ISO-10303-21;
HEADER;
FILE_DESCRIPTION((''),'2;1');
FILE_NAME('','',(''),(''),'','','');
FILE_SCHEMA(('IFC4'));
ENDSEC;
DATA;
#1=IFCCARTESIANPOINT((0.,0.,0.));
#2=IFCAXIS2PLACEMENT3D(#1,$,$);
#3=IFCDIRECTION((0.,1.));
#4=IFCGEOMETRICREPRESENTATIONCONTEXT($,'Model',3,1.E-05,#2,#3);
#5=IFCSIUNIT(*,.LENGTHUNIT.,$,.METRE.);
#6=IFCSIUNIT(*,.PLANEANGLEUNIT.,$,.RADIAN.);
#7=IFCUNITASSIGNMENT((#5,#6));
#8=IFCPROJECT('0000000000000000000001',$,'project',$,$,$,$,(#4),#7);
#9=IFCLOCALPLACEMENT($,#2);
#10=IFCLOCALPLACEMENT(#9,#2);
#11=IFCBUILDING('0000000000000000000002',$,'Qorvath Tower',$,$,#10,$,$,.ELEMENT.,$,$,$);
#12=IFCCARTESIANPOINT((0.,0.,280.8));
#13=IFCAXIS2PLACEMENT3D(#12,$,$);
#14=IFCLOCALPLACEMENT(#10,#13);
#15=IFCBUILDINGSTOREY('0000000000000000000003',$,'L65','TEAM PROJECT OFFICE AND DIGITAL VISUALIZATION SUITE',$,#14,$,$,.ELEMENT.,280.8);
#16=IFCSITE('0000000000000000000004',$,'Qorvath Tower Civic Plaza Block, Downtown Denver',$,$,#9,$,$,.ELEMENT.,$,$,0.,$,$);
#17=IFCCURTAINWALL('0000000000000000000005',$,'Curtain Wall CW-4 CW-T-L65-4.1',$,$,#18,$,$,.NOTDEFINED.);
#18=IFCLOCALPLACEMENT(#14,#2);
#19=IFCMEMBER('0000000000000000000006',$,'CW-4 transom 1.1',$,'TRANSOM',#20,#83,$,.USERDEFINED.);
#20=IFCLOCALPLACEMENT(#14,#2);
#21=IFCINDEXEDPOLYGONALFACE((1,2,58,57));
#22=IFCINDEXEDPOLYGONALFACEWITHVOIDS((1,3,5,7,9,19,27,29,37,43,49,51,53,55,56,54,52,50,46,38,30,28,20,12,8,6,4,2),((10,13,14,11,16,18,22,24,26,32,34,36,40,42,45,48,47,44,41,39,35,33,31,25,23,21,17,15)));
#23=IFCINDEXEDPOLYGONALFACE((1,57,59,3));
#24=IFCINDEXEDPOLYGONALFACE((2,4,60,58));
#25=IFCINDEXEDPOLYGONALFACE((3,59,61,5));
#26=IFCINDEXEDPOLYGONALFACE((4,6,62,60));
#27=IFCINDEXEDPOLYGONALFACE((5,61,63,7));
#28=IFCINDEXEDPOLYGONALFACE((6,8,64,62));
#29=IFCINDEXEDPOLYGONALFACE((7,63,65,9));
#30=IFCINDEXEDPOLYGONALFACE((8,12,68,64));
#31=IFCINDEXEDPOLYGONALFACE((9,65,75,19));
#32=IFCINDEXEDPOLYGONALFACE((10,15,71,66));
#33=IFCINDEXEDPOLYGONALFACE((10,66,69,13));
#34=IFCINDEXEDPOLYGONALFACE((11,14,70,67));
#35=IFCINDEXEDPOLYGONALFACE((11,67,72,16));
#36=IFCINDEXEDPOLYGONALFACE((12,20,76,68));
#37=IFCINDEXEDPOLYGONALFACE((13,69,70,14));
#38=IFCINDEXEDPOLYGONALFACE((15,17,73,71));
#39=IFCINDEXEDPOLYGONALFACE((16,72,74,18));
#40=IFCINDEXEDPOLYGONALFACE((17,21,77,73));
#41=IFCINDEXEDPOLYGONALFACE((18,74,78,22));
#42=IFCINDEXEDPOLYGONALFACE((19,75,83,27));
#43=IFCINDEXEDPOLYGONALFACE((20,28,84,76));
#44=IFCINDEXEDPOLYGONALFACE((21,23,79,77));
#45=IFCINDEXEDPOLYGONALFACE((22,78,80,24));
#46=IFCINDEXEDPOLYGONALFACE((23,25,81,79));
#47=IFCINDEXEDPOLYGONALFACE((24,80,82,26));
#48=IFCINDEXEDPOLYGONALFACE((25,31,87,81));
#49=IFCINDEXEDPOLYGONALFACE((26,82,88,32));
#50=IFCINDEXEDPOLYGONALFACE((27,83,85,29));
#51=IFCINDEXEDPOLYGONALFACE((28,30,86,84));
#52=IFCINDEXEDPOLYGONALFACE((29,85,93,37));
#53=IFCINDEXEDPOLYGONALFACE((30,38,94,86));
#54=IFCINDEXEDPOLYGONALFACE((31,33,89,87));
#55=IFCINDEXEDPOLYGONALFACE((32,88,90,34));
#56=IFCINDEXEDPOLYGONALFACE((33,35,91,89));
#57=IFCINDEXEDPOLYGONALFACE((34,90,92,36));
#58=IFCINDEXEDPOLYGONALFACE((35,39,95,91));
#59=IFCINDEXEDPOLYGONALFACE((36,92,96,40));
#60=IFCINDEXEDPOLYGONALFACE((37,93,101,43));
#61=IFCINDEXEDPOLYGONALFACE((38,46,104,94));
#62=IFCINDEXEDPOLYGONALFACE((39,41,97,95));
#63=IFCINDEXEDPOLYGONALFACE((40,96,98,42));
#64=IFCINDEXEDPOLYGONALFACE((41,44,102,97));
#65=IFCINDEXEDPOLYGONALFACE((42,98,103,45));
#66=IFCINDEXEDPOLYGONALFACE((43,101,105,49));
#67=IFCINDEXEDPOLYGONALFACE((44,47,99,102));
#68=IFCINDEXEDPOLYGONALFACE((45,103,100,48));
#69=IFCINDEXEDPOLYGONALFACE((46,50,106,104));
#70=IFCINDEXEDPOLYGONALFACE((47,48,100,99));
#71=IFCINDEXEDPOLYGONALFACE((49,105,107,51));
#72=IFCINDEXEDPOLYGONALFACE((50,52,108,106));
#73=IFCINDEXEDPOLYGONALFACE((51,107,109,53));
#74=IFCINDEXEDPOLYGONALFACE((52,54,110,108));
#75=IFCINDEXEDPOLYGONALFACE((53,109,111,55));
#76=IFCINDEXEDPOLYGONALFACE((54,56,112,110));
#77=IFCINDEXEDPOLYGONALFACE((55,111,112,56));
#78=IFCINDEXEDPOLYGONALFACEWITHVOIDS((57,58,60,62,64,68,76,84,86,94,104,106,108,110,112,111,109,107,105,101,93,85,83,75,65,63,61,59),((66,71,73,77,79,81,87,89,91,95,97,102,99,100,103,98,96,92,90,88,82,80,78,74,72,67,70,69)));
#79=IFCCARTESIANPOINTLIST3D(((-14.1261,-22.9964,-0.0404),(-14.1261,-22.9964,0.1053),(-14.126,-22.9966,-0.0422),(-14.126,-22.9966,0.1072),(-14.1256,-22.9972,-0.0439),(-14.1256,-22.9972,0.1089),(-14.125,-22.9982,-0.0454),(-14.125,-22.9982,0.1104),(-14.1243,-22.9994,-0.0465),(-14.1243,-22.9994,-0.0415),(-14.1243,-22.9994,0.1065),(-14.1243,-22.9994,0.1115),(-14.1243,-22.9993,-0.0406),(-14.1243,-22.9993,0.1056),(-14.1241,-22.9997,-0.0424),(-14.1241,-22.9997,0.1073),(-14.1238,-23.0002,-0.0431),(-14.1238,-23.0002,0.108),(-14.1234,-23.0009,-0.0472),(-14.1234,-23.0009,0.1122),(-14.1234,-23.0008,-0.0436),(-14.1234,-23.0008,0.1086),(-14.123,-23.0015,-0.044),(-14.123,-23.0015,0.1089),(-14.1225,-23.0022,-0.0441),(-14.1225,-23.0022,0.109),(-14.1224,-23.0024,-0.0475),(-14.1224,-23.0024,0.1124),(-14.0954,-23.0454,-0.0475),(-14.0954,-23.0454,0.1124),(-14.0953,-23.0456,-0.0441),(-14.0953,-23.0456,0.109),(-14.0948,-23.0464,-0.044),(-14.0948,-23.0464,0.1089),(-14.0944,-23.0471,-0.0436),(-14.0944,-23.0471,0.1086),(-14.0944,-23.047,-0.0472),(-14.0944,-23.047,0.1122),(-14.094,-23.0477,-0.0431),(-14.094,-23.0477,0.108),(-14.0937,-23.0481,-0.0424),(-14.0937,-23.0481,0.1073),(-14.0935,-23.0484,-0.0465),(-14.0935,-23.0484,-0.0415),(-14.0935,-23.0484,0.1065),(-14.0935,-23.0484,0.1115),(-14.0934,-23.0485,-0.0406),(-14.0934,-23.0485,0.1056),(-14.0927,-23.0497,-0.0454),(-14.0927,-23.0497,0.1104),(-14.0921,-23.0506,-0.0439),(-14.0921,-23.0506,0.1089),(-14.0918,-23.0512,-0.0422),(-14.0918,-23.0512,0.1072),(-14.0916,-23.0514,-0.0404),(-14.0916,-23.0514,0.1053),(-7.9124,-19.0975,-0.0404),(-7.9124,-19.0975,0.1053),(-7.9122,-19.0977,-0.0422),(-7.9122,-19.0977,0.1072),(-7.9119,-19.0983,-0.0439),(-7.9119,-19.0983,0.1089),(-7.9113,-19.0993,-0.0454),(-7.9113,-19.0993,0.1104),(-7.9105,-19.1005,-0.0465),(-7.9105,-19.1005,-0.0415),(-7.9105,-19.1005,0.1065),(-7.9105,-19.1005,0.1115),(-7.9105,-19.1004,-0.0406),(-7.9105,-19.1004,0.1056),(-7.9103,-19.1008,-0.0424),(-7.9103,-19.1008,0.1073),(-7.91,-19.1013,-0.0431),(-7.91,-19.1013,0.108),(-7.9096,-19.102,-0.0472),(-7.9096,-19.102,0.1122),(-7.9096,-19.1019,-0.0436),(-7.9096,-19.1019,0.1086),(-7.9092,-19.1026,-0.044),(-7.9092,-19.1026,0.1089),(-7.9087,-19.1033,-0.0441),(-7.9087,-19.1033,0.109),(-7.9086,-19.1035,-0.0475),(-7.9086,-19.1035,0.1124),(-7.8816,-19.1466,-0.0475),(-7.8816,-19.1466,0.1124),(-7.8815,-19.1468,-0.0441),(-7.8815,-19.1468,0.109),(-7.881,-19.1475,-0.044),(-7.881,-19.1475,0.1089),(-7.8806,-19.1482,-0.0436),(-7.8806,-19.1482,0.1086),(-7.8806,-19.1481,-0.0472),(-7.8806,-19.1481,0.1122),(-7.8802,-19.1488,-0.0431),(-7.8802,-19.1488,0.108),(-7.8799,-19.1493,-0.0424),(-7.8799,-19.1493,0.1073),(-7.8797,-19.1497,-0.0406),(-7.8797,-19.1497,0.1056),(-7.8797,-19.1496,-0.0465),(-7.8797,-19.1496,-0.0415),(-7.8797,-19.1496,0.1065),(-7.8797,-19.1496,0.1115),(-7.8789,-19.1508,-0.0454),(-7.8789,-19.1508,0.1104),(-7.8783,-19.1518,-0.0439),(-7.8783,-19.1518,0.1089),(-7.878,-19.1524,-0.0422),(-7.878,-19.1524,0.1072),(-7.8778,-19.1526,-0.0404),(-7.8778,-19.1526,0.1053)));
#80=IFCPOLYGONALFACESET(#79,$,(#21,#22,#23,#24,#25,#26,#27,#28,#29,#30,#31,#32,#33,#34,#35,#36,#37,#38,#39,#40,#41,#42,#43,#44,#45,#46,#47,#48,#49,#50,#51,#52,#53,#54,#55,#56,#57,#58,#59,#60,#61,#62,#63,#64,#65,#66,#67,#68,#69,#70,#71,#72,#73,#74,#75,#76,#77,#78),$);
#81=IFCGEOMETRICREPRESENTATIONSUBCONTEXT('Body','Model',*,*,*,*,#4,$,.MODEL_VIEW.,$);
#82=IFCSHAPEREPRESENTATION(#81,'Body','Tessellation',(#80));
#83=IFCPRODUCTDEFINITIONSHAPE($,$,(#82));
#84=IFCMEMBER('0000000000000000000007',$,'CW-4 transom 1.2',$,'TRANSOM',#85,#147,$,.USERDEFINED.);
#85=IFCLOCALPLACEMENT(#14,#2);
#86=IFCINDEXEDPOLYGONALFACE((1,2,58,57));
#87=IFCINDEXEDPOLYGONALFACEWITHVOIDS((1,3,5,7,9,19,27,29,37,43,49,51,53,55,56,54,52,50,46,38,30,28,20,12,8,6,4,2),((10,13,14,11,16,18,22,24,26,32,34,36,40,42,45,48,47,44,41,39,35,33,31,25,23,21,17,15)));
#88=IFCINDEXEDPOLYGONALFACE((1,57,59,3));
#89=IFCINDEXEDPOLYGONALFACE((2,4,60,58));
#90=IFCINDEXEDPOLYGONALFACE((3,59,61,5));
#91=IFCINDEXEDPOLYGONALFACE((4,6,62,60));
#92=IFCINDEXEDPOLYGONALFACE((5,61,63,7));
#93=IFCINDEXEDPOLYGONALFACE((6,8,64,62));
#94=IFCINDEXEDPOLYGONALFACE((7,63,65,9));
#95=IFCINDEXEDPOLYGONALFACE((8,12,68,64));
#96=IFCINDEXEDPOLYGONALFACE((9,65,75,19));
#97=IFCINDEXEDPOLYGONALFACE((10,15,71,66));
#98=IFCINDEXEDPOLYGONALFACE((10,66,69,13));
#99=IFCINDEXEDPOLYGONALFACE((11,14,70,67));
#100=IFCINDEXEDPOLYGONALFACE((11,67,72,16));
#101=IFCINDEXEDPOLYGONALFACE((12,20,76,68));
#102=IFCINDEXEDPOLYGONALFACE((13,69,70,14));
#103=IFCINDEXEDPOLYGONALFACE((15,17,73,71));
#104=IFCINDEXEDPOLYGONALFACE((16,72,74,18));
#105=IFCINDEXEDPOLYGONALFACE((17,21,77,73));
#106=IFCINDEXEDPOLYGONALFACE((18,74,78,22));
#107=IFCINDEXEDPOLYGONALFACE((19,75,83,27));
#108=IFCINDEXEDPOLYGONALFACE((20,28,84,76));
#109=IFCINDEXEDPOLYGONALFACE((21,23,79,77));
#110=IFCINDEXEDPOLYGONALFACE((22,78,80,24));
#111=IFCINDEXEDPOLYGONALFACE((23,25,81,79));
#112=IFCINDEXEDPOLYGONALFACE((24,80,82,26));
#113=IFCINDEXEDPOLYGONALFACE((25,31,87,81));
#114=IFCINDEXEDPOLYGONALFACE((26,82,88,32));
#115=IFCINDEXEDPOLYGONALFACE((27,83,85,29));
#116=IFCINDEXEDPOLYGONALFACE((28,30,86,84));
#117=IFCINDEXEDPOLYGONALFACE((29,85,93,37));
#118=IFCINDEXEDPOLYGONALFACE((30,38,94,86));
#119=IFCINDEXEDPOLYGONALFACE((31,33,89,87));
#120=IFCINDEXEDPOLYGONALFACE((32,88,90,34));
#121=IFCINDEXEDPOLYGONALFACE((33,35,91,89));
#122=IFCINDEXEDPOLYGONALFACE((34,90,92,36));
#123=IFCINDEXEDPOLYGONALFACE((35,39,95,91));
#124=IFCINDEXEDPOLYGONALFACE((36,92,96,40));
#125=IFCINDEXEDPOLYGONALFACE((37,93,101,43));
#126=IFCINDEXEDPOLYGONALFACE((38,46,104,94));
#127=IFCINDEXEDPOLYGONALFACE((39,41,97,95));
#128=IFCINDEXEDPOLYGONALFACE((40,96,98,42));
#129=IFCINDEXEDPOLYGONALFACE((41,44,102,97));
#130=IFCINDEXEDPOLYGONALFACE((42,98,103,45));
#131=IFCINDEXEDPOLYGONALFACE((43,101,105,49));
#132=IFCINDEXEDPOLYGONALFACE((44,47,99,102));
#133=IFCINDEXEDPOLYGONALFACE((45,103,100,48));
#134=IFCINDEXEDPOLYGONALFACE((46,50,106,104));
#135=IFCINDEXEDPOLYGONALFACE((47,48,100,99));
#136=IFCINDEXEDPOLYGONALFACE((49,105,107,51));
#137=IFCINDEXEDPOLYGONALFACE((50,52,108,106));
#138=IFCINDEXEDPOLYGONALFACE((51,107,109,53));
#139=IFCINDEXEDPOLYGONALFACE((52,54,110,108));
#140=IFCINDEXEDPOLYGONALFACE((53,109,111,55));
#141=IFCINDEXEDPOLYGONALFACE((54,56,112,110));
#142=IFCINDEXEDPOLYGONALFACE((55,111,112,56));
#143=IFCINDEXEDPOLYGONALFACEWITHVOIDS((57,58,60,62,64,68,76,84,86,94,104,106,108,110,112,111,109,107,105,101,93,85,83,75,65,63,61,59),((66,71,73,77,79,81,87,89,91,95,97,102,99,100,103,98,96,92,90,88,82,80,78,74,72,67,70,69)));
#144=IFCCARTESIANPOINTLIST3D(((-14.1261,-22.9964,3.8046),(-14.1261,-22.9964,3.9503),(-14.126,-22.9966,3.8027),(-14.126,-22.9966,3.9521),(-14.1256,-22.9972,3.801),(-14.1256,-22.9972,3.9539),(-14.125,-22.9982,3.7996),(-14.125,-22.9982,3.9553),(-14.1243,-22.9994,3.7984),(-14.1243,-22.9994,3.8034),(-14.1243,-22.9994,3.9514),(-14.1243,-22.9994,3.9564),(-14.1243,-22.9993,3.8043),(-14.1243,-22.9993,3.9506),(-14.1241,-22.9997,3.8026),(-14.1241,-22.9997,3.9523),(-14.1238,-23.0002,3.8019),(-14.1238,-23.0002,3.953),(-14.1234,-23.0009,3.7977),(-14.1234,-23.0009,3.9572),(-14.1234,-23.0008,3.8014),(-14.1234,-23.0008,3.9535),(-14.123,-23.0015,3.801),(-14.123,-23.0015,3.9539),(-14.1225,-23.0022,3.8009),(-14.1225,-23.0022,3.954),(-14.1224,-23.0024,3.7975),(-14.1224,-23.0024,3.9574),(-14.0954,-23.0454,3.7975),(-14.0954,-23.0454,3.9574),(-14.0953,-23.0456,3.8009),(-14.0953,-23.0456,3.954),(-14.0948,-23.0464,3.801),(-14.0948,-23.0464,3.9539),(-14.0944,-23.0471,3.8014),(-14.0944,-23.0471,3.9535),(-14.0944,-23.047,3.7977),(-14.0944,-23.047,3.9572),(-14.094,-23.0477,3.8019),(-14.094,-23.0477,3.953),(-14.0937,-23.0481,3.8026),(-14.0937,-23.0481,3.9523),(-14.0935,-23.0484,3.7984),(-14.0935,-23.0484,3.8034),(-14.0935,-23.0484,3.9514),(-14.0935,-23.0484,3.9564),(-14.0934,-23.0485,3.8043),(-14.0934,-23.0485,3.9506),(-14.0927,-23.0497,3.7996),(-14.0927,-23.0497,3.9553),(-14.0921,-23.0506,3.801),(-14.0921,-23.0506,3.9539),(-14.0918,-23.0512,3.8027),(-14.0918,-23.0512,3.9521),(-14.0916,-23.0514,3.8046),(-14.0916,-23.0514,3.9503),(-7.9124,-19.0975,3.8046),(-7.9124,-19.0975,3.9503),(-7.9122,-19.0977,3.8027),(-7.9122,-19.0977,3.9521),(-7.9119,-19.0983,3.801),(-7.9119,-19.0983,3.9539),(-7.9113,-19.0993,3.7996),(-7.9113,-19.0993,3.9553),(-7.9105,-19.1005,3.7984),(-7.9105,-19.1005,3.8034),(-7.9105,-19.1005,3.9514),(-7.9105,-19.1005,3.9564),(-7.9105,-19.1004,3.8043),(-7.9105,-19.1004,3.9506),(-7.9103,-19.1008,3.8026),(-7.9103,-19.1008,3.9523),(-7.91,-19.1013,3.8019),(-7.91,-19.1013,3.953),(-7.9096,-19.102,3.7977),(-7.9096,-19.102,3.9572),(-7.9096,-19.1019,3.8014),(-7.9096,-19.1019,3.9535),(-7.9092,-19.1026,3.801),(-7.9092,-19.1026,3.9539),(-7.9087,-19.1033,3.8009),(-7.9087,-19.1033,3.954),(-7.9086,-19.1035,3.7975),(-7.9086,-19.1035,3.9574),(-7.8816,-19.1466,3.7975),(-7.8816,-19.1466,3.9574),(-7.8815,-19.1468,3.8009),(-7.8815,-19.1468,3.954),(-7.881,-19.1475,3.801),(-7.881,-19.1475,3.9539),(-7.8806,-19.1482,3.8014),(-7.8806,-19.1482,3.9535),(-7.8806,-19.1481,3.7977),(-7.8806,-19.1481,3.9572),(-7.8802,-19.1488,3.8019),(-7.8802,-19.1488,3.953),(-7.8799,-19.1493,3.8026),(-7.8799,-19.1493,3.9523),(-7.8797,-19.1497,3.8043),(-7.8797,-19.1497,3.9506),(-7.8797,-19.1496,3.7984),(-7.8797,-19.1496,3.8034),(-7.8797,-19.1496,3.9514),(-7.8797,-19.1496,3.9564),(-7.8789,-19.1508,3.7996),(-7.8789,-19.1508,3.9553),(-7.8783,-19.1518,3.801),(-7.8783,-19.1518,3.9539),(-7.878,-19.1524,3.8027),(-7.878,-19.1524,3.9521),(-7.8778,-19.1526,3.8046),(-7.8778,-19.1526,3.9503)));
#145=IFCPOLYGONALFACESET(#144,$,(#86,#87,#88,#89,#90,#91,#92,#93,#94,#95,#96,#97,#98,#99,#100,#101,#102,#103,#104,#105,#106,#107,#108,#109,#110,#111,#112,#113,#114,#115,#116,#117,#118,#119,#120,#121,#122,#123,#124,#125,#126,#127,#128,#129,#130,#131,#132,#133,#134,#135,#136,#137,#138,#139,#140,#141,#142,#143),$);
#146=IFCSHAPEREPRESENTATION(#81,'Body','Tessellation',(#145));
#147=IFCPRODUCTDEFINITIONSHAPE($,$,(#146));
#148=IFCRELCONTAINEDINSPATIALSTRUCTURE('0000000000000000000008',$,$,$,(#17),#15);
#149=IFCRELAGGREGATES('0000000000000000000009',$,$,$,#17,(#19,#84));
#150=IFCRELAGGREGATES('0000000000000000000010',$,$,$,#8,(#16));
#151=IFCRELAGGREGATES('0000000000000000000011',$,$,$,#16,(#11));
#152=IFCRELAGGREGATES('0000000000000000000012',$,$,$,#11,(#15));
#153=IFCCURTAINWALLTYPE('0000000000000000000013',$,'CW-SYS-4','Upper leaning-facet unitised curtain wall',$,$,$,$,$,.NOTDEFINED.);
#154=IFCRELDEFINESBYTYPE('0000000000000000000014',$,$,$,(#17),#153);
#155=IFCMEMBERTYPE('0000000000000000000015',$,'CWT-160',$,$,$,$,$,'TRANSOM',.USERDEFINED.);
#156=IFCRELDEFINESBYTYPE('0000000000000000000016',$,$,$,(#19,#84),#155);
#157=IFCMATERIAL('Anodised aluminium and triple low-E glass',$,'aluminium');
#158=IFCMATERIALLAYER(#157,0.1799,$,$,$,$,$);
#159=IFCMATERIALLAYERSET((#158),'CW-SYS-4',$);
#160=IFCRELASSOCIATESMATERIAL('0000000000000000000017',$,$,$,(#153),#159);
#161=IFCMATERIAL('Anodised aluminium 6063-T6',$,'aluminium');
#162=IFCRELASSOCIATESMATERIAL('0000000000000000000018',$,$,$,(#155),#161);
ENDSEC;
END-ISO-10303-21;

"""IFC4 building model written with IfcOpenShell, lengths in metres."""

from ifc_helpers import new_model, si_unit, direction, frame, origin, origin_2d, place, context, subcontext, project, spatial, hollow_rectangle, extrude, material, layer, layer_set, material_profile, profile_set, type_object, element, aggregate, save


model = new_model("IFC4")

# Units and contexts
model_context = context("Model", 3, precision=1e-05, world=origin(), true_north=direction((0.0, 1.0)))
body_context = subcontext(model_context, "Body", "Model", "MODEL_VIEW")
ifc_project = project(units=[si_unit("LENGTHUNIT", "METRE"), si_unit("PLANEANGLEUNIT", "RADIAN")], contexts=[model_context])

# Site, building, storey
site_placement = place(None, origin())
site = spatial("IfcSite", under=ifc_project, at=site_placement, Name="Qorvath Tower Civic Plaza Block, Downtown Denver", CompositionType="ELEMENT", RefElevation=0.0)
building_placement = place(site_placement, origin())
building = spatial("IfcBuilding", under=site, at=building_placement, Name="Qorvath Tower", CompositionType="ELEMENT")
storey_placement = place(building_placement, frame((0.0, 0.0, 280.8)))
storey = spatial("IfcBuildingStorey", under=building, at=storey_placement, Name="L65", Description="TEAM PROJECT OFFICE AND DIGITAL VISUALIZATION SUITE", CompositionType="ELEMENT", Elevation=280.8)

# Shared definitions
ifc_material_1 = material(Name="Anodised aluminium and triple low-E glass", Category="aluminium")
ifc_layer_1 = layer(ifc_material_1, 0.1799)
ifc_layer_set_1 = layer_set([ifc_layer_1], Name="CW-SYS-4")
curtain_wall_type = type_object("IfcCurtainWallType", Name="CW-SYS-4", Description="Upper leaning-facet unitised curtain wall", PredefinedType="NOTDEFINED", material=ifc_layer_set_1)

# Curtain wall
curtain_wall_1_placement = place(storey_placement, origin())
curtain_wall_1 = element("IfcCurtainWall", 1, at=curtain_wall_1_placement, inside=storey, type_object=curtain_wall_type, Name="Curtain Wall CW-4 CW-T-L65-4.1", PredefinedType="NOTDEFINED")

# Members
ifc_material_2 = material(Name="Anodised aluminium 6063-T6", Category="aluminium")
ifc_material_profile_1 = material_profile(ifc_material_2, hollow_rectangle(XDim=0.0649, YDim=0.1599, WallThickness=0.0034, InnerFilletRadius=0.0034, OuterFilletRadius=0.0071, at=origin_2d()), Name="CWT 160x65")
ifc_profile_set_1 = profile_set([ifc_material_profile_1], Name="Anodised aluminium 6063-T6")
member_type_1 = type_object("IfcMemberType", Name="CWT-160", ElementType="TRANSOM", PredefinedType="USERDEFINED", material=ifc_profile_set_1)
member_1_placement = place(storey_placement, frame((-14.1089, -23.0239, 0.0325), z_axis=(0.847062, 0.531494, 0.0), x_axis=(-0.531494, 0.847062, 0.0)))
member_1 = element("IfcMember", 2, at=member_1_placement, type_object=member_type_1, Name="CW-4 transom 1.1", ObjectType="TRANSOM", PredefinedType="USERDEFINED", context=body_context, shape_type="SweptSolid", body=[
    extrude(hollow_rectangle(XDim=0.0649, YDim=0.1599, WallThickness=0.0034, InnerFilletRadius=0.0034, OuterFilletRadius=0.0071, at=origin_2d()), origin(), (0.0, 0.0, 1.0), 7.3357),
])
member_2_placement = place(storey_placement, frame((-14.1089, -23.0239, 3.8774), z_axis=(0.847062, 0.531494, 0.0), x_axis=(-0.531494, 0.847062, 0.0)))
member_2 = element("IfcMember", 3, at=member_2_placement, type_object=member_type_1, Name="CW-4 transom 1.2", ObjectType="TRANSOM", PredefinedType="USERDEFINED", context=body_context, shape_type="SweptSolid", body=[
    extrude(hollow_rectangle(XDim=0.0649, YDim=0.1599, WallThickness=0.0034, InnerFilletRadius=0.0034, OuterFilletRadius=0.0071, at=origin_2d()), origin(), (0.0, 0.0, 1.0), 7.3357),
])

aggregate(curtain_wall_1, [member_1, member_2])

save(model, "model.ifc")
